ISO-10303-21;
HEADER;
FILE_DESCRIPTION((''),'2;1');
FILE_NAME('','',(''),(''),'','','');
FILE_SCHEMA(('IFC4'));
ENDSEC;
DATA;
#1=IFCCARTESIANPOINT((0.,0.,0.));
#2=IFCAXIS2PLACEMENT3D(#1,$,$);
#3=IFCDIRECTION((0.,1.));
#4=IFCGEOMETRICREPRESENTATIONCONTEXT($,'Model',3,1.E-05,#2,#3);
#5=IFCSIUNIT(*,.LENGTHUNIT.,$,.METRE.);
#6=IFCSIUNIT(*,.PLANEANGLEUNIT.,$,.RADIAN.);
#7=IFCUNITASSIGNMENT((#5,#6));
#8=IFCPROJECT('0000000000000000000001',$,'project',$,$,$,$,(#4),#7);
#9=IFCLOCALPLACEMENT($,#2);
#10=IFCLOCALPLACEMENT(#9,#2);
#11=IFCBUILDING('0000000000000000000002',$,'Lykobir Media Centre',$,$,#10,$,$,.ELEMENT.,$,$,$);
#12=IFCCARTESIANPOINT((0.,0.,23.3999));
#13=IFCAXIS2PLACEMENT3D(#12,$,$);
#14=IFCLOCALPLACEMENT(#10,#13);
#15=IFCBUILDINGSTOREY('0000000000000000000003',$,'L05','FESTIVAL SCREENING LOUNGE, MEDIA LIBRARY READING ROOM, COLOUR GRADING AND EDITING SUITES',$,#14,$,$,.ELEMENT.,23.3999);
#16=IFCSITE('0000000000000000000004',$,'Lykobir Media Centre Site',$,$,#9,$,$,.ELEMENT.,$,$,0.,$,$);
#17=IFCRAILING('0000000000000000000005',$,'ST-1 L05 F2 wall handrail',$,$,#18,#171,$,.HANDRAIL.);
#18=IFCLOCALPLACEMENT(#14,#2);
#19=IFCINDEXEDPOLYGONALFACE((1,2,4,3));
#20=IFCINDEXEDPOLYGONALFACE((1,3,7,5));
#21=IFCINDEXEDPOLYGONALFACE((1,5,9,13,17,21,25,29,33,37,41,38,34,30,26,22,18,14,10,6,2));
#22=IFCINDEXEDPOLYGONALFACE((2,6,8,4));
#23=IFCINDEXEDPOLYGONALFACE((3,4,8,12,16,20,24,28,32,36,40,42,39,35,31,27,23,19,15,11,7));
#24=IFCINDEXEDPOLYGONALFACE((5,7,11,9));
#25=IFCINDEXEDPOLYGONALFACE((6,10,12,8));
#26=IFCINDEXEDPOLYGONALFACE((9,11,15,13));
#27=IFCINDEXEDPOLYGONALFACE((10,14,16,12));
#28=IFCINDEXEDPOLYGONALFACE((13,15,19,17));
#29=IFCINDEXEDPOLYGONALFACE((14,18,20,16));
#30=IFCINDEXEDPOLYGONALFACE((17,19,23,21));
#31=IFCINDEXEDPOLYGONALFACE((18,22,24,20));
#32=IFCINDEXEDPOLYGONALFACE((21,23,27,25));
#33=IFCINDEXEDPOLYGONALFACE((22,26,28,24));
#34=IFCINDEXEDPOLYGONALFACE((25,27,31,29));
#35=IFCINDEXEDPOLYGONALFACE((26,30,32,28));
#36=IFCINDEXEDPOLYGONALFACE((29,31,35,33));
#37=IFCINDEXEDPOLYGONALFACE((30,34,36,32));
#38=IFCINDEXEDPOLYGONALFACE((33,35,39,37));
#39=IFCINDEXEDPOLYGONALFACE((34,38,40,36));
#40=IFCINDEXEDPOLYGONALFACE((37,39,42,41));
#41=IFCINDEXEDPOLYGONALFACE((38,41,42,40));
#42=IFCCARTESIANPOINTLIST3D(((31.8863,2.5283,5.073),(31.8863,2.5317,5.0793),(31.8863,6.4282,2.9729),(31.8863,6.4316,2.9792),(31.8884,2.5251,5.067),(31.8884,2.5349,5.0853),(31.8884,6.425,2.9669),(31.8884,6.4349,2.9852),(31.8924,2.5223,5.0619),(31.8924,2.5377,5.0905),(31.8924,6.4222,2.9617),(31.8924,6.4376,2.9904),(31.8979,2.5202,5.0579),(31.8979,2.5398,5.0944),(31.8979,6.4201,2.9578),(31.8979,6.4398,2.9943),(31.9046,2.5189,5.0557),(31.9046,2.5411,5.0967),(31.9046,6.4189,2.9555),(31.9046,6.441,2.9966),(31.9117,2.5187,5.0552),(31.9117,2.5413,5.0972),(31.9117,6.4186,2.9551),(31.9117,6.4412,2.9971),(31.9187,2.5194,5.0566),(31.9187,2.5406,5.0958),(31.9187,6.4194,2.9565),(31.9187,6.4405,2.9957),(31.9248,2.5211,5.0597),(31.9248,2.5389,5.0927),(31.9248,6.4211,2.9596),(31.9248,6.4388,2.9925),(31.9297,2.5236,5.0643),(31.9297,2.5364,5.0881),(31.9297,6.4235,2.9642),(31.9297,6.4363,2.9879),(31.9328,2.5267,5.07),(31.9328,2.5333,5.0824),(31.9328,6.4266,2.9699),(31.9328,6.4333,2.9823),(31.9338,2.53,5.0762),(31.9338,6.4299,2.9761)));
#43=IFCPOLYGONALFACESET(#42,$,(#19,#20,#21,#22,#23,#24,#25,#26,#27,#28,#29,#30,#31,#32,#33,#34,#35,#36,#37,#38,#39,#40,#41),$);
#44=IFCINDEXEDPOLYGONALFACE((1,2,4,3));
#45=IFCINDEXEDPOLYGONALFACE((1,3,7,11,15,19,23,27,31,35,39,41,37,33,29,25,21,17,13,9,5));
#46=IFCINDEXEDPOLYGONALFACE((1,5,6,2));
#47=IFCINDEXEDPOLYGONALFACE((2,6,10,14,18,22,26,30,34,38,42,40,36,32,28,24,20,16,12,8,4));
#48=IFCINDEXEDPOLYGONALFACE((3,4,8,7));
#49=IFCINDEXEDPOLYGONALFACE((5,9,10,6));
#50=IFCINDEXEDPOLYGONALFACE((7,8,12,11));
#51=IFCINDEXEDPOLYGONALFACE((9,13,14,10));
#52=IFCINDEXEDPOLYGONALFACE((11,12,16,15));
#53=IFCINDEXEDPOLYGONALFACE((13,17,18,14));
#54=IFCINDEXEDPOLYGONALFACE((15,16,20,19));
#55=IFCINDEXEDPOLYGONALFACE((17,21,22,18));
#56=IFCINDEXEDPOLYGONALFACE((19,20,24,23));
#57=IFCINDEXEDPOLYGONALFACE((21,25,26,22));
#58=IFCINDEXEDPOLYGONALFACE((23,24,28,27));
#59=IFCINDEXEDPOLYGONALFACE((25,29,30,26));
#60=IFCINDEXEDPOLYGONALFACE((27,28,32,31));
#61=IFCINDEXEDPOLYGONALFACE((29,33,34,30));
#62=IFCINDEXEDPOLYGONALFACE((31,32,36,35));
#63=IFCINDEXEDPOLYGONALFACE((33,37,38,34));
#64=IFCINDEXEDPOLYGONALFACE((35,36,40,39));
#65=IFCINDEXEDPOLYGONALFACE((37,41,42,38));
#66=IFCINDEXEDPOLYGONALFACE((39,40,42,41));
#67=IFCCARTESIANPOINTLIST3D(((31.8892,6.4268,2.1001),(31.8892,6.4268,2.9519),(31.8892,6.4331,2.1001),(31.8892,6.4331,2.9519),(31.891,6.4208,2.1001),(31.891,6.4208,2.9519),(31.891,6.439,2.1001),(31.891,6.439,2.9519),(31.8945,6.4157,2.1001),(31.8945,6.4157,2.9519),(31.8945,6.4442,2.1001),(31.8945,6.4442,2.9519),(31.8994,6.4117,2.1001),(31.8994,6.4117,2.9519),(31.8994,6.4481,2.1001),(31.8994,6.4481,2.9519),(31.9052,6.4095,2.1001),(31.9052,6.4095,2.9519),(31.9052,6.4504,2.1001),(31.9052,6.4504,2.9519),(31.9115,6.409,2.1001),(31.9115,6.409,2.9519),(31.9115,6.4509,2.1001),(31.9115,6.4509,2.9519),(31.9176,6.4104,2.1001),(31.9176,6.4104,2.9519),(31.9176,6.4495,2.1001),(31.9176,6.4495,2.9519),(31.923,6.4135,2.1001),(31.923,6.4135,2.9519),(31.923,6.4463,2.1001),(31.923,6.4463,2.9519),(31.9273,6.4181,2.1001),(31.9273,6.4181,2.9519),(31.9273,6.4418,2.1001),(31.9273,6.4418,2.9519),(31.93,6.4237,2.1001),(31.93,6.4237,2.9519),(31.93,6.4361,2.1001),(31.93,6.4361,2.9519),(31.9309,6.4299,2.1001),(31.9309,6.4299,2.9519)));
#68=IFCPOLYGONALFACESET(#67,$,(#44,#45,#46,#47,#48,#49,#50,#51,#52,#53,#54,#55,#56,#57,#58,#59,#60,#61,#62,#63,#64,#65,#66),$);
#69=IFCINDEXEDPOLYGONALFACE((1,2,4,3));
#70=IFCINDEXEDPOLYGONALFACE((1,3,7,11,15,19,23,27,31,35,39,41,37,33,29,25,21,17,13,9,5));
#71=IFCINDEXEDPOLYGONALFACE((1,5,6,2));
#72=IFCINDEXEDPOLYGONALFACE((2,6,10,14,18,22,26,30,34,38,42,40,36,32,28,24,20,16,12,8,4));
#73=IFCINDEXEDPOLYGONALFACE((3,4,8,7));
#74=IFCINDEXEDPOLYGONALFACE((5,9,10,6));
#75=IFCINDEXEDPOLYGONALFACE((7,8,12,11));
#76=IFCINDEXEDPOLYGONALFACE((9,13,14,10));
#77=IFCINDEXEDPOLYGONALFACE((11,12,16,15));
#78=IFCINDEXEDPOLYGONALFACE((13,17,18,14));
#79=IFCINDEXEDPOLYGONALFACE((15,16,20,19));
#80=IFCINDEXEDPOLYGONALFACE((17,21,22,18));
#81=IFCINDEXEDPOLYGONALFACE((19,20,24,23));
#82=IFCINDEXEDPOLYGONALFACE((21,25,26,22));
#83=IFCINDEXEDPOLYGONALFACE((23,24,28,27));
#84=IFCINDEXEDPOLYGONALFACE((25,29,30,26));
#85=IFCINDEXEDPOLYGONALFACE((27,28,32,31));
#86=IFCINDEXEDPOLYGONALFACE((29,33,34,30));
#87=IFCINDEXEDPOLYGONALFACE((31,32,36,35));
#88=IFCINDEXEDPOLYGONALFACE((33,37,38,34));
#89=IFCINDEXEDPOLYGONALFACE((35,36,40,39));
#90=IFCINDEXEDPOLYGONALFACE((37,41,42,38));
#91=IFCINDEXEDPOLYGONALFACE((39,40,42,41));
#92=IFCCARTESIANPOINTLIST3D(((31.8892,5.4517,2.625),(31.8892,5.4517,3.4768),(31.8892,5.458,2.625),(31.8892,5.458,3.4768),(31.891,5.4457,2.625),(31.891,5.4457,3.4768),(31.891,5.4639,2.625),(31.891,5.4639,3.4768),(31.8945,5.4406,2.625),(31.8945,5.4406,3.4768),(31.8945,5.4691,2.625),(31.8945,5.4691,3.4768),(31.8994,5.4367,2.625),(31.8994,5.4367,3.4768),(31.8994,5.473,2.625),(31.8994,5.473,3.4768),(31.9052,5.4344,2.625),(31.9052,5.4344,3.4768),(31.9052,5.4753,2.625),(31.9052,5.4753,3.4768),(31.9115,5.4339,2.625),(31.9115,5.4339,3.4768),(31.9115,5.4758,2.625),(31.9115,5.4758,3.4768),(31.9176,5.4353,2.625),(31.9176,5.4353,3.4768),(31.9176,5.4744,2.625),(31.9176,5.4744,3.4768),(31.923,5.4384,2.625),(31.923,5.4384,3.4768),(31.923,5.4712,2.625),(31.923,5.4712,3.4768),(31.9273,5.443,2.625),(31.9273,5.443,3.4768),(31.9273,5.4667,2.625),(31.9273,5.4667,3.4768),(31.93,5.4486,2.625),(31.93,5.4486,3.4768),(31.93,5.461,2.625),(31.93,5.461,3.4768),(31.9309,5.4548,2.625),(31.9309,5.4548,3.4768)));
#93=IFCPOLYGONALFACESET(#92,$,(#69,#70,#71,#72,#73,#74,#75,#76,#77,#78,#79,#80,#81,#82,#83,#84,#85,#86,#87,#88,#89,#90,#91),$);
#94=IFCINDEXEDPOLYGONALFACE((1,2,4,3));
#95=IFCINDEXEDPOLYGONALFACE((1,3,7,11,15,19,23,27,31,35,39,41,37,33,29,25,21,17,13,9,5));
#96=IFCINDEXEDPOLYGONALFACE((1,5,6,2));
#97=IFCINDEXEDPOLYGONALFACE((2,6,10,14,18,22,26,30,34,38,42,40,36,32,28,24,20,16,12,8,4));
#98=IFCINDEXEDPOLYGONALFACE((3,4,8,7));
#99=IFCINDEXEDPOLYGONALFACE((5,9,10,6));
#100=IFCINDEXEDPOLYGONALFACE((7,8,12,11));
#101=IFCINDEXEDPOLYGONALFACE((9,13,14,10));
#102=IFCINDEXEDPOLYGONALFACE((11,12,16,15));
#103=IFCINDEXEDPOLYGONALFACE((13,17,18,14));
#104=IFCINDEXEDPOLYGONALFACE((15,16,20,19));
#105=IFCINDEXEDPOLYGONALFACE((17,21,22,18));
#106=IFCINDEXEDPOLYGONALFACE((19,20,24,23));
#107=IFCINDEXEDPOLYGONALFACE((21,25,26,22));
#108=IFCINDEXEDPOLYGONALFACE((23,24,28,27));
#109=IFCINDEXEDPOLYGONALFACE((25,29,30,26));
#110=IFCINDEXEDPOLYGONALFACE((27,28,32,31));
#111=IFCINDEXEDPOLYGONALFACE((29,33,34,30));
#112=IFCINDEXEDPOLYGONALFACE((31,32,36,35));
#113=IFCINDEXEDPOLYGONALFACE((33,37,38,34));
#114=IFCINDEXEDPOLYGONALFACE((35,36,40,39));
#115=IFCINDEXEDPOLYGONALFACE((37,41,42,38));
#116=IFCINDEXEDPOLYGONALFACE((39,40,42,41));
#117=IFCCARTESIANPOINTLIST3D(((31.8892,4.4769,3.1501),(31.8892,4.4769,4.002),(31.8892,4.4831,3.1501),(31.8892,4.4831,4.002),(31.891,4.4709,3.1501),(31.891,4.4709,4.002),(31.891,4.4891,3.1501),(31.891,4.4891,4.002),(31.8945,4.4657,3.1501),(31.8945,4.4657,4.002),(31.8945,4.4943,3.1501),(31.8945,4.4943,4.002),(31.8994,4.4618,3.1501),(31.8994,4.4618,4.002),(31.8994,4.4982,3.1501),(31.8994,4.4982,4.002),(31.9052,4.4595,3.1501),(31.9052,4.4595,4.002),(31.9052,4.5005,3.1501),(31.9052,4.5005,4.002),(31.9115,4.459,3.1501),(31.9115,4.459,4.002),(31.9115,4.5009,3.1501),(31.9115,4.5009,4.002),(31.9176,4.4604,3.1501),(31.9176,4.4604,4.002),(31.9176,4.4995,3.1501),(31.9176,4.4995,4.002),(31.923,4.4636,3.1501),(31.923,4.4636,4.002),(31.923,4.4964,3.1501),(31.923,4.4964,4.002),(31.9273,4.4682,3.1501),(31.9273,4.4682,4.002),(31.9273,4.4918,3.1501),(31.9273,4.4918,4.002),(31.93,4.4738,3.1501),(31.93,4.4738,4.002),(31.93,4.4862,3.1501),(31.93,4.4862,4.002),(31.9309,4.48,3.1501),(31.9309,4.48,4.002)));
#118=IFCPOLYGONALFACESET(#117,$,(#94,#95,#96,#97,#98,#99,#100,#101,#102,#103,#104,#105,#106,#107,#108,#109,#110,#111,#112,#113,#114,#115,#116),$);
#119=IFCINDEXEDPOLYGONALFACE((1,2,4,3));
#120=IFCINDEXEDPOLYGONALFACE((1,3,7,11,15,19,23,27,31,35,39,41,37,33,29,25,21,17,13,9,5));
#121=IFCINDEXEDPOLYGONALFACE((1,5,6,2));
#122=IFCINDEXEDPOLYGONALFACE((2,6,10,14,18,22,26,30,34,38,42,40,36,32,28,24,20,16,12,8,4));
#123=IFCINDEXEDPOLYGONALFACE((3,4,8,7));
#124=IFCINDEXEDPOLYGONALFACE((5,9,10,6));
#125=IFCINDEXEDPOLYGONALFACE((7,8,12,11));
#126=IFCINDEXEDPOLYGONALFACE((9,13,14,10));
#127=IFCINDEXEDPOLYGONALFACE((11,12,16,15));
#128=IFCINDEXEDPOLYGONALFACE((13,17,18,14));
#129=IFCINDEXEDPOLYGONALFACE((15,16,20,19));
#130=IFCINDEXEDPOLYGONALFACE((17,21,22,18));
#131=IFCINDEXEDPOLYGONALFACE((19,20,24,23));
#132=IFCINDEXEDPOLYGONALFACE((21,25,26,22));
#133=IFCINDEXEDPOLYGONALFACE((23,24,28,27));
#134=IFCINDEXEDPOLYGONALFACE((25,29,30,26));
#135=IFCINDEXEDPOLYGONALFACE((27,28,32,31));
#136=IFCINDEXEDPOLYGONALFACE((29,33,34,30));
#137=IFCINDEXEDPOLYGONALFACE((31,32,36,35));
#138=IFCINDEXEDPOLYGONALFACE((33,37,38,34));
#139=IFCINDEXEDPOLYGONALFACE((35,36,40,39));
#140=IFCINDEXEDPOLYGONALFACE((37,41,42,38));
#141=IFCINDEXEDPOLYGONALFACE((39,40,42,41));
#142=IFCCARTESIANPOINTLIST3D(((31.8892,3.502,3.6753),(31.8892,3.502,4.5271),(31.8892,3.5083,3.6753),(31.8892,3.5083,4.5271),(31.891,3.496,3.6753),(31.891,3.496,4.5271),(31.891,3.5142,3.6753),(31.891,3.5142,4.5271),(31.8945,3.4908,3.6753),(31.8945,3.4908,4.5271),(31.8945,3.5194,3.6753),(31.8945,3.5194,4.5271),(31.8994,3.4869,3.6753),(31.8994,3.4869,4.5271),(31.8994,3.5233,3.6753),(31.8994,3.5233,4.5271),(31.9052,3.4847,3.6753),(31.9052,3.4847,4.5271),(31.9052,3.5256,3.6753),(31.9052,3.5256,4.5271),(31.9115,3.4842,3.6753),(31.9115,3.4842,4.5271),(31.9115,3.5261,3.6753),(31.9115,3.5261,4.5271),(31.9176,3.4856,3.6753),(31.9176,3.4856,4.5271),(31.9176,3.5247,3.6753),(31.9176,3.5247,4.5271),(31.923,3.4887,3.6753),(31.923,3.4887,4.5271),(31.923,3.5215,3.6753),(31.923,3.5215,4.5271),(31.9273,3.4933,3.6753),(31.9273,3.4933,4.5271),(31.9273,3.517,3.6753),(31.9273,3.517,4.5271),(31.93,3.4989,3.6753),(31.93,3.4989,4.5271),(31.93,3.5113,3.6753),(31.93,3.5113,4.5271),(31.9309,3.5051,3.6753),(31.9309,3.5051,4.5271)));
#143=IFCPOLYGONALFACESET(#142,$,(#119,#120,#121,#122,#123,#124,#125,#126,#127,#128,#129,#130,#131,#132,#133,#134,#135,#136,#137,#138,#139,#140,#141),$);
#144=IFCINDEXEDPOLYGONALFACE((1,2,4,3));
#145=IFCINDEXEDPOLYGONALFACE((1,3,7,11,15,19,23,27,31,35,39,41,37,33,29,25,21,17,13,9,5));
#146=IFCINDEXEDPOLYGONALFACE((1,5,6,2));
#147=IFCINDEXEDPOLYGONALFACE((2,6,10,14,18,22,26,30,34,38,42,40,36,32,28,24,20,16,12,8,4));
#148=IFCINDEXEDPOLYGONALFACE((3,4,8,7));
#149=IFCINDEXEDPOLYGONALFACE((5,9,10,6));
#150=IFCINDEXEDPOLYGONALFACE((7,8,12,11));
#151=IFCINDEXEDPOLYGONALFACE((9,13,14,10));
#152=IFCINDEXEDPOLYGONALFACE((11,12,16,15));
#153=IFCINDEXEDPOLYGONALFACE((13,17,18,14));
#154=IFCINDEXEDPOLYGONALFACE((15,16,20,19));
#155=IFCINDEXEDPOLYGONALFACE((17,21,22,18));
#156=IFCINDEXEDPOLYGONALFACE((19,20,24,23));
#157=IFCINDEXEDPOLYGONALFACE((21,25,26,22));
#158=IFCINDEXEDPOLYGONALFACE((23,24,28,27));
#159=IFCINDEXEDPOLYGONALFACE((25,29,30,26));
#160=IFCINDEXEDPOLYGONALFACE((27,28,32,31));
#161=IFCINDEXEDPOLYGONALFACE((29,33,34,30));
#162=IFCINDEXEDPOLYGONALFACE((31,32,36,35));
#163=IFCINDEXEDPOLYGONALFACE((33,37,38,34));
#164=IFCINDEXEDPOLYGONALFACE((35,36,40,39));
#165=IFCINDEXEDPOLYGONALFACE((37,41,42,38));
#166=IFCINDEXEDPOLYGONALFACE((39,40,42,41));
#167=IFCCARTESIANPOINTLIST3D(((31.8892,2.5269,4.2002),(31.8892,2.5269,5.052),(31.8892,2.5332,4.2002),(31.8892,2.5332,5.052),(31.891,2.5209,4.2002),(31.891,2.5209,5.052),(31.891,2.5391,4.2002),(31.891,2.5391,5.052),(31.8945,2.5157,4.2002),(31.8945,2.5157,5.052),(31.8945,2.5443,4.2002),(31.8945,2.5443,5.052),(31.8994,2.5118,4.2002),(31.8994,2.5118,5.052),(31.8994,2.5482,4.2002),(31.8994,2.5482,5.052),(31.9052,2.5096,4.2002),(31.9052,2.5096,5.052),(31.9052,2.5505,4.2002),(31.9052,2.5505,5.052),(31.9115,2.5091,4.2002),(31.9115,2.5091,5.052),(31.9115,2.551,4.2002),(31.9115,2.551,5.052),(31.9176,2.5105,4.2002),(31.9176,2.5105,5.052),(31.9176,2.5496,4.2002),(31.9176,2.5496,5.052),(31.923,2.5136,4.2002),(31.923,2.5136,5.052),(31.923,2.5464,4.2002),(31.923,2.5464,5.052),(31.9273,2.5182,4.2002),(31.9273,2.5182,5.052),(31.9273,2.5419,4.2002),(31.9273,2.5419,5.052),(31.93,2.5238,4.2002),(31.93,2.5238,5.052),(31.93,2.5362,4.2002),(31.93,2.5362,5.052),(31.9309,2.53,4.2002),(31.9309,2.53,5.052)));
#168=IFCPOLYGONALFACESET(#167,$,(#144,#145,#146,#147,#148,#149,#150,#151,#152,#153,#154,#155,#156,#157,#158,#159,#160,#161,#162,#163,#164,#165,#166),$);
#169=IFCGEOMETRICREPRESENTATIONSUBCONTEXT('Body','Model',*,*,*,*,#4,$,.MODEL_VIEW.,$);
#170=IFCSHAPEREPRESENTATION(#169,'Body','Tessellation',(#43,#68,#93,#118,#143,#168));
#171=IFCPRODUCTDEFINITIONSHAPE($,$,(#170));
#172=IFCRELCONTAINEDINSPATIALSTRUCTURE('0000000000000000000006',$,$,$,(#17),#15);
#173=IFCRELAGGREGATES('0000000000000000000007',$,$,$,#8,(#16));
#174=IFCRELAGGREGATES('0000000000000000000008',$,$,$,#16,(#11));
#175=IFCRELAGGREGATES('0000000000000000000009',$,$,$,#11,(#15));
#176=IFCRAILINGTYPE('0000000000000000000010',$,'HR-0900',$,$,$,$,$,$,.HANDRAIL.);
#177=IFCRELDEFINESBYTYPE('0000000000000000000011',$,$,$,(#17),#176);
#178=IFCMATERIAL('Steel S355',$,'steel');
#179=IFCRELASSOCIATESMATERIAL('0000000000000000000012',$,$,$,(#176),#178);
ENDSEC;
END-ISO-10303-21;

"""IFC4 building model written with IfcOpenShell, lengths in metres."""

from ifc_helpers import new_model, si_unit, direction, frame, origin, origin_2d, place, context, subcontext, project, spatial, circle, extrude, material, type_object, element, save


model = new_model("IFC4")

# Units and contexts
model_context = context("Model", 3, precision=1e-05, world=origin(), true_north=direction((0.0, 1.0)))
body_context = subcontext(model_context, "Body", "Model", "MODEL_VIEW")
ifc_project = project(units=[si_unit("LENGTHUNIT", "METRE"), si_unit("PLANEANGLEUNIT", "RADIAN")], contexts=[model_context])

# Site, building, storey
site_placement = place(None, origin())
site = spatial("IfcSite", under=ifc_project, at=site_placement, Name="Lykobir Media Centre Site", CompositionType="ELEMENT", RefElevation=0.0)
building_placement = place(site_placement, origin())
building = spatial("IfcBuilding", under=site, at=building_placement, Name="Lykobir Media Centre", CompositionType="ELEMENT")
storey_placement = place(building_placement, frame((0.0, 0.0, 23.3999)))
storey = spatial("IfcBuildingStorey", under=building, at=storey_placement, Name="L05", Description="FESTIVAL SCREENING LOUNGE, MEDIA LIBRARY READING ROOM, COLOUR GRADING AND EDITING SUITES", CompositionType="ELEMENT", Elevation=23.3999)

# Shared definitions
ifc_material_1 = material(Name="Steel S355", Category="steel")

# Railing
railing_type = type_object("IfcRailingType", Name="HR-0900", PredefinedType="HANDRAIL", material=ifc_material_1)
railing_placement = place(storey_placement, frame((31.9099, 6.4299, 2.1001)))
element("IfcRailing", 1, at=railing_placement, inside=storey, type_object=railing_type, Name="ST-1 L05 F2 wall handrail", PredefinedType="HANDRAIL", context=body_context, shape_type="SweptSolid", body=[
    extrude(circle(Radius=0.0239, at=origin_2d()), frame((0.0, 0.0, 0.876), z_axis=(0.0, -0.880457, 0.474126), x_axis=(1.0, 0.0, 0.0)), (0.0, 0.0, 1.0), 4.4294),
    extrude(circle(Radius=0.021, at=origin_2d()), origin(), (0.0, 0.0, 1.0), 0.8518),
    extrude(circle(Radius=0.021, at=origin_2d()), frame((0.0, -0.9751, 0.5249)), (0.0, 0.0, 1.0), 0.8518),
    extrude(circle(Radius=0.021, at=origin_2d()), frame((0.0, -1.95, 1.05)), (0.0, 0.0, 1.0), 0.8518),
    extrude(circle(Radius=0.021, at=origin_2d()), frame((0.0, -2.9248, 1.5752)), (0.0, 0.0, 1.0), 0.8518),
    extrude(circle(Radius=0.021, at=origin_2d()), frame((0.0, -3.8999, 2.1001)), (0.0, 0.0, 1.0), 0.8518),
])

save(model, "model.ifc")
